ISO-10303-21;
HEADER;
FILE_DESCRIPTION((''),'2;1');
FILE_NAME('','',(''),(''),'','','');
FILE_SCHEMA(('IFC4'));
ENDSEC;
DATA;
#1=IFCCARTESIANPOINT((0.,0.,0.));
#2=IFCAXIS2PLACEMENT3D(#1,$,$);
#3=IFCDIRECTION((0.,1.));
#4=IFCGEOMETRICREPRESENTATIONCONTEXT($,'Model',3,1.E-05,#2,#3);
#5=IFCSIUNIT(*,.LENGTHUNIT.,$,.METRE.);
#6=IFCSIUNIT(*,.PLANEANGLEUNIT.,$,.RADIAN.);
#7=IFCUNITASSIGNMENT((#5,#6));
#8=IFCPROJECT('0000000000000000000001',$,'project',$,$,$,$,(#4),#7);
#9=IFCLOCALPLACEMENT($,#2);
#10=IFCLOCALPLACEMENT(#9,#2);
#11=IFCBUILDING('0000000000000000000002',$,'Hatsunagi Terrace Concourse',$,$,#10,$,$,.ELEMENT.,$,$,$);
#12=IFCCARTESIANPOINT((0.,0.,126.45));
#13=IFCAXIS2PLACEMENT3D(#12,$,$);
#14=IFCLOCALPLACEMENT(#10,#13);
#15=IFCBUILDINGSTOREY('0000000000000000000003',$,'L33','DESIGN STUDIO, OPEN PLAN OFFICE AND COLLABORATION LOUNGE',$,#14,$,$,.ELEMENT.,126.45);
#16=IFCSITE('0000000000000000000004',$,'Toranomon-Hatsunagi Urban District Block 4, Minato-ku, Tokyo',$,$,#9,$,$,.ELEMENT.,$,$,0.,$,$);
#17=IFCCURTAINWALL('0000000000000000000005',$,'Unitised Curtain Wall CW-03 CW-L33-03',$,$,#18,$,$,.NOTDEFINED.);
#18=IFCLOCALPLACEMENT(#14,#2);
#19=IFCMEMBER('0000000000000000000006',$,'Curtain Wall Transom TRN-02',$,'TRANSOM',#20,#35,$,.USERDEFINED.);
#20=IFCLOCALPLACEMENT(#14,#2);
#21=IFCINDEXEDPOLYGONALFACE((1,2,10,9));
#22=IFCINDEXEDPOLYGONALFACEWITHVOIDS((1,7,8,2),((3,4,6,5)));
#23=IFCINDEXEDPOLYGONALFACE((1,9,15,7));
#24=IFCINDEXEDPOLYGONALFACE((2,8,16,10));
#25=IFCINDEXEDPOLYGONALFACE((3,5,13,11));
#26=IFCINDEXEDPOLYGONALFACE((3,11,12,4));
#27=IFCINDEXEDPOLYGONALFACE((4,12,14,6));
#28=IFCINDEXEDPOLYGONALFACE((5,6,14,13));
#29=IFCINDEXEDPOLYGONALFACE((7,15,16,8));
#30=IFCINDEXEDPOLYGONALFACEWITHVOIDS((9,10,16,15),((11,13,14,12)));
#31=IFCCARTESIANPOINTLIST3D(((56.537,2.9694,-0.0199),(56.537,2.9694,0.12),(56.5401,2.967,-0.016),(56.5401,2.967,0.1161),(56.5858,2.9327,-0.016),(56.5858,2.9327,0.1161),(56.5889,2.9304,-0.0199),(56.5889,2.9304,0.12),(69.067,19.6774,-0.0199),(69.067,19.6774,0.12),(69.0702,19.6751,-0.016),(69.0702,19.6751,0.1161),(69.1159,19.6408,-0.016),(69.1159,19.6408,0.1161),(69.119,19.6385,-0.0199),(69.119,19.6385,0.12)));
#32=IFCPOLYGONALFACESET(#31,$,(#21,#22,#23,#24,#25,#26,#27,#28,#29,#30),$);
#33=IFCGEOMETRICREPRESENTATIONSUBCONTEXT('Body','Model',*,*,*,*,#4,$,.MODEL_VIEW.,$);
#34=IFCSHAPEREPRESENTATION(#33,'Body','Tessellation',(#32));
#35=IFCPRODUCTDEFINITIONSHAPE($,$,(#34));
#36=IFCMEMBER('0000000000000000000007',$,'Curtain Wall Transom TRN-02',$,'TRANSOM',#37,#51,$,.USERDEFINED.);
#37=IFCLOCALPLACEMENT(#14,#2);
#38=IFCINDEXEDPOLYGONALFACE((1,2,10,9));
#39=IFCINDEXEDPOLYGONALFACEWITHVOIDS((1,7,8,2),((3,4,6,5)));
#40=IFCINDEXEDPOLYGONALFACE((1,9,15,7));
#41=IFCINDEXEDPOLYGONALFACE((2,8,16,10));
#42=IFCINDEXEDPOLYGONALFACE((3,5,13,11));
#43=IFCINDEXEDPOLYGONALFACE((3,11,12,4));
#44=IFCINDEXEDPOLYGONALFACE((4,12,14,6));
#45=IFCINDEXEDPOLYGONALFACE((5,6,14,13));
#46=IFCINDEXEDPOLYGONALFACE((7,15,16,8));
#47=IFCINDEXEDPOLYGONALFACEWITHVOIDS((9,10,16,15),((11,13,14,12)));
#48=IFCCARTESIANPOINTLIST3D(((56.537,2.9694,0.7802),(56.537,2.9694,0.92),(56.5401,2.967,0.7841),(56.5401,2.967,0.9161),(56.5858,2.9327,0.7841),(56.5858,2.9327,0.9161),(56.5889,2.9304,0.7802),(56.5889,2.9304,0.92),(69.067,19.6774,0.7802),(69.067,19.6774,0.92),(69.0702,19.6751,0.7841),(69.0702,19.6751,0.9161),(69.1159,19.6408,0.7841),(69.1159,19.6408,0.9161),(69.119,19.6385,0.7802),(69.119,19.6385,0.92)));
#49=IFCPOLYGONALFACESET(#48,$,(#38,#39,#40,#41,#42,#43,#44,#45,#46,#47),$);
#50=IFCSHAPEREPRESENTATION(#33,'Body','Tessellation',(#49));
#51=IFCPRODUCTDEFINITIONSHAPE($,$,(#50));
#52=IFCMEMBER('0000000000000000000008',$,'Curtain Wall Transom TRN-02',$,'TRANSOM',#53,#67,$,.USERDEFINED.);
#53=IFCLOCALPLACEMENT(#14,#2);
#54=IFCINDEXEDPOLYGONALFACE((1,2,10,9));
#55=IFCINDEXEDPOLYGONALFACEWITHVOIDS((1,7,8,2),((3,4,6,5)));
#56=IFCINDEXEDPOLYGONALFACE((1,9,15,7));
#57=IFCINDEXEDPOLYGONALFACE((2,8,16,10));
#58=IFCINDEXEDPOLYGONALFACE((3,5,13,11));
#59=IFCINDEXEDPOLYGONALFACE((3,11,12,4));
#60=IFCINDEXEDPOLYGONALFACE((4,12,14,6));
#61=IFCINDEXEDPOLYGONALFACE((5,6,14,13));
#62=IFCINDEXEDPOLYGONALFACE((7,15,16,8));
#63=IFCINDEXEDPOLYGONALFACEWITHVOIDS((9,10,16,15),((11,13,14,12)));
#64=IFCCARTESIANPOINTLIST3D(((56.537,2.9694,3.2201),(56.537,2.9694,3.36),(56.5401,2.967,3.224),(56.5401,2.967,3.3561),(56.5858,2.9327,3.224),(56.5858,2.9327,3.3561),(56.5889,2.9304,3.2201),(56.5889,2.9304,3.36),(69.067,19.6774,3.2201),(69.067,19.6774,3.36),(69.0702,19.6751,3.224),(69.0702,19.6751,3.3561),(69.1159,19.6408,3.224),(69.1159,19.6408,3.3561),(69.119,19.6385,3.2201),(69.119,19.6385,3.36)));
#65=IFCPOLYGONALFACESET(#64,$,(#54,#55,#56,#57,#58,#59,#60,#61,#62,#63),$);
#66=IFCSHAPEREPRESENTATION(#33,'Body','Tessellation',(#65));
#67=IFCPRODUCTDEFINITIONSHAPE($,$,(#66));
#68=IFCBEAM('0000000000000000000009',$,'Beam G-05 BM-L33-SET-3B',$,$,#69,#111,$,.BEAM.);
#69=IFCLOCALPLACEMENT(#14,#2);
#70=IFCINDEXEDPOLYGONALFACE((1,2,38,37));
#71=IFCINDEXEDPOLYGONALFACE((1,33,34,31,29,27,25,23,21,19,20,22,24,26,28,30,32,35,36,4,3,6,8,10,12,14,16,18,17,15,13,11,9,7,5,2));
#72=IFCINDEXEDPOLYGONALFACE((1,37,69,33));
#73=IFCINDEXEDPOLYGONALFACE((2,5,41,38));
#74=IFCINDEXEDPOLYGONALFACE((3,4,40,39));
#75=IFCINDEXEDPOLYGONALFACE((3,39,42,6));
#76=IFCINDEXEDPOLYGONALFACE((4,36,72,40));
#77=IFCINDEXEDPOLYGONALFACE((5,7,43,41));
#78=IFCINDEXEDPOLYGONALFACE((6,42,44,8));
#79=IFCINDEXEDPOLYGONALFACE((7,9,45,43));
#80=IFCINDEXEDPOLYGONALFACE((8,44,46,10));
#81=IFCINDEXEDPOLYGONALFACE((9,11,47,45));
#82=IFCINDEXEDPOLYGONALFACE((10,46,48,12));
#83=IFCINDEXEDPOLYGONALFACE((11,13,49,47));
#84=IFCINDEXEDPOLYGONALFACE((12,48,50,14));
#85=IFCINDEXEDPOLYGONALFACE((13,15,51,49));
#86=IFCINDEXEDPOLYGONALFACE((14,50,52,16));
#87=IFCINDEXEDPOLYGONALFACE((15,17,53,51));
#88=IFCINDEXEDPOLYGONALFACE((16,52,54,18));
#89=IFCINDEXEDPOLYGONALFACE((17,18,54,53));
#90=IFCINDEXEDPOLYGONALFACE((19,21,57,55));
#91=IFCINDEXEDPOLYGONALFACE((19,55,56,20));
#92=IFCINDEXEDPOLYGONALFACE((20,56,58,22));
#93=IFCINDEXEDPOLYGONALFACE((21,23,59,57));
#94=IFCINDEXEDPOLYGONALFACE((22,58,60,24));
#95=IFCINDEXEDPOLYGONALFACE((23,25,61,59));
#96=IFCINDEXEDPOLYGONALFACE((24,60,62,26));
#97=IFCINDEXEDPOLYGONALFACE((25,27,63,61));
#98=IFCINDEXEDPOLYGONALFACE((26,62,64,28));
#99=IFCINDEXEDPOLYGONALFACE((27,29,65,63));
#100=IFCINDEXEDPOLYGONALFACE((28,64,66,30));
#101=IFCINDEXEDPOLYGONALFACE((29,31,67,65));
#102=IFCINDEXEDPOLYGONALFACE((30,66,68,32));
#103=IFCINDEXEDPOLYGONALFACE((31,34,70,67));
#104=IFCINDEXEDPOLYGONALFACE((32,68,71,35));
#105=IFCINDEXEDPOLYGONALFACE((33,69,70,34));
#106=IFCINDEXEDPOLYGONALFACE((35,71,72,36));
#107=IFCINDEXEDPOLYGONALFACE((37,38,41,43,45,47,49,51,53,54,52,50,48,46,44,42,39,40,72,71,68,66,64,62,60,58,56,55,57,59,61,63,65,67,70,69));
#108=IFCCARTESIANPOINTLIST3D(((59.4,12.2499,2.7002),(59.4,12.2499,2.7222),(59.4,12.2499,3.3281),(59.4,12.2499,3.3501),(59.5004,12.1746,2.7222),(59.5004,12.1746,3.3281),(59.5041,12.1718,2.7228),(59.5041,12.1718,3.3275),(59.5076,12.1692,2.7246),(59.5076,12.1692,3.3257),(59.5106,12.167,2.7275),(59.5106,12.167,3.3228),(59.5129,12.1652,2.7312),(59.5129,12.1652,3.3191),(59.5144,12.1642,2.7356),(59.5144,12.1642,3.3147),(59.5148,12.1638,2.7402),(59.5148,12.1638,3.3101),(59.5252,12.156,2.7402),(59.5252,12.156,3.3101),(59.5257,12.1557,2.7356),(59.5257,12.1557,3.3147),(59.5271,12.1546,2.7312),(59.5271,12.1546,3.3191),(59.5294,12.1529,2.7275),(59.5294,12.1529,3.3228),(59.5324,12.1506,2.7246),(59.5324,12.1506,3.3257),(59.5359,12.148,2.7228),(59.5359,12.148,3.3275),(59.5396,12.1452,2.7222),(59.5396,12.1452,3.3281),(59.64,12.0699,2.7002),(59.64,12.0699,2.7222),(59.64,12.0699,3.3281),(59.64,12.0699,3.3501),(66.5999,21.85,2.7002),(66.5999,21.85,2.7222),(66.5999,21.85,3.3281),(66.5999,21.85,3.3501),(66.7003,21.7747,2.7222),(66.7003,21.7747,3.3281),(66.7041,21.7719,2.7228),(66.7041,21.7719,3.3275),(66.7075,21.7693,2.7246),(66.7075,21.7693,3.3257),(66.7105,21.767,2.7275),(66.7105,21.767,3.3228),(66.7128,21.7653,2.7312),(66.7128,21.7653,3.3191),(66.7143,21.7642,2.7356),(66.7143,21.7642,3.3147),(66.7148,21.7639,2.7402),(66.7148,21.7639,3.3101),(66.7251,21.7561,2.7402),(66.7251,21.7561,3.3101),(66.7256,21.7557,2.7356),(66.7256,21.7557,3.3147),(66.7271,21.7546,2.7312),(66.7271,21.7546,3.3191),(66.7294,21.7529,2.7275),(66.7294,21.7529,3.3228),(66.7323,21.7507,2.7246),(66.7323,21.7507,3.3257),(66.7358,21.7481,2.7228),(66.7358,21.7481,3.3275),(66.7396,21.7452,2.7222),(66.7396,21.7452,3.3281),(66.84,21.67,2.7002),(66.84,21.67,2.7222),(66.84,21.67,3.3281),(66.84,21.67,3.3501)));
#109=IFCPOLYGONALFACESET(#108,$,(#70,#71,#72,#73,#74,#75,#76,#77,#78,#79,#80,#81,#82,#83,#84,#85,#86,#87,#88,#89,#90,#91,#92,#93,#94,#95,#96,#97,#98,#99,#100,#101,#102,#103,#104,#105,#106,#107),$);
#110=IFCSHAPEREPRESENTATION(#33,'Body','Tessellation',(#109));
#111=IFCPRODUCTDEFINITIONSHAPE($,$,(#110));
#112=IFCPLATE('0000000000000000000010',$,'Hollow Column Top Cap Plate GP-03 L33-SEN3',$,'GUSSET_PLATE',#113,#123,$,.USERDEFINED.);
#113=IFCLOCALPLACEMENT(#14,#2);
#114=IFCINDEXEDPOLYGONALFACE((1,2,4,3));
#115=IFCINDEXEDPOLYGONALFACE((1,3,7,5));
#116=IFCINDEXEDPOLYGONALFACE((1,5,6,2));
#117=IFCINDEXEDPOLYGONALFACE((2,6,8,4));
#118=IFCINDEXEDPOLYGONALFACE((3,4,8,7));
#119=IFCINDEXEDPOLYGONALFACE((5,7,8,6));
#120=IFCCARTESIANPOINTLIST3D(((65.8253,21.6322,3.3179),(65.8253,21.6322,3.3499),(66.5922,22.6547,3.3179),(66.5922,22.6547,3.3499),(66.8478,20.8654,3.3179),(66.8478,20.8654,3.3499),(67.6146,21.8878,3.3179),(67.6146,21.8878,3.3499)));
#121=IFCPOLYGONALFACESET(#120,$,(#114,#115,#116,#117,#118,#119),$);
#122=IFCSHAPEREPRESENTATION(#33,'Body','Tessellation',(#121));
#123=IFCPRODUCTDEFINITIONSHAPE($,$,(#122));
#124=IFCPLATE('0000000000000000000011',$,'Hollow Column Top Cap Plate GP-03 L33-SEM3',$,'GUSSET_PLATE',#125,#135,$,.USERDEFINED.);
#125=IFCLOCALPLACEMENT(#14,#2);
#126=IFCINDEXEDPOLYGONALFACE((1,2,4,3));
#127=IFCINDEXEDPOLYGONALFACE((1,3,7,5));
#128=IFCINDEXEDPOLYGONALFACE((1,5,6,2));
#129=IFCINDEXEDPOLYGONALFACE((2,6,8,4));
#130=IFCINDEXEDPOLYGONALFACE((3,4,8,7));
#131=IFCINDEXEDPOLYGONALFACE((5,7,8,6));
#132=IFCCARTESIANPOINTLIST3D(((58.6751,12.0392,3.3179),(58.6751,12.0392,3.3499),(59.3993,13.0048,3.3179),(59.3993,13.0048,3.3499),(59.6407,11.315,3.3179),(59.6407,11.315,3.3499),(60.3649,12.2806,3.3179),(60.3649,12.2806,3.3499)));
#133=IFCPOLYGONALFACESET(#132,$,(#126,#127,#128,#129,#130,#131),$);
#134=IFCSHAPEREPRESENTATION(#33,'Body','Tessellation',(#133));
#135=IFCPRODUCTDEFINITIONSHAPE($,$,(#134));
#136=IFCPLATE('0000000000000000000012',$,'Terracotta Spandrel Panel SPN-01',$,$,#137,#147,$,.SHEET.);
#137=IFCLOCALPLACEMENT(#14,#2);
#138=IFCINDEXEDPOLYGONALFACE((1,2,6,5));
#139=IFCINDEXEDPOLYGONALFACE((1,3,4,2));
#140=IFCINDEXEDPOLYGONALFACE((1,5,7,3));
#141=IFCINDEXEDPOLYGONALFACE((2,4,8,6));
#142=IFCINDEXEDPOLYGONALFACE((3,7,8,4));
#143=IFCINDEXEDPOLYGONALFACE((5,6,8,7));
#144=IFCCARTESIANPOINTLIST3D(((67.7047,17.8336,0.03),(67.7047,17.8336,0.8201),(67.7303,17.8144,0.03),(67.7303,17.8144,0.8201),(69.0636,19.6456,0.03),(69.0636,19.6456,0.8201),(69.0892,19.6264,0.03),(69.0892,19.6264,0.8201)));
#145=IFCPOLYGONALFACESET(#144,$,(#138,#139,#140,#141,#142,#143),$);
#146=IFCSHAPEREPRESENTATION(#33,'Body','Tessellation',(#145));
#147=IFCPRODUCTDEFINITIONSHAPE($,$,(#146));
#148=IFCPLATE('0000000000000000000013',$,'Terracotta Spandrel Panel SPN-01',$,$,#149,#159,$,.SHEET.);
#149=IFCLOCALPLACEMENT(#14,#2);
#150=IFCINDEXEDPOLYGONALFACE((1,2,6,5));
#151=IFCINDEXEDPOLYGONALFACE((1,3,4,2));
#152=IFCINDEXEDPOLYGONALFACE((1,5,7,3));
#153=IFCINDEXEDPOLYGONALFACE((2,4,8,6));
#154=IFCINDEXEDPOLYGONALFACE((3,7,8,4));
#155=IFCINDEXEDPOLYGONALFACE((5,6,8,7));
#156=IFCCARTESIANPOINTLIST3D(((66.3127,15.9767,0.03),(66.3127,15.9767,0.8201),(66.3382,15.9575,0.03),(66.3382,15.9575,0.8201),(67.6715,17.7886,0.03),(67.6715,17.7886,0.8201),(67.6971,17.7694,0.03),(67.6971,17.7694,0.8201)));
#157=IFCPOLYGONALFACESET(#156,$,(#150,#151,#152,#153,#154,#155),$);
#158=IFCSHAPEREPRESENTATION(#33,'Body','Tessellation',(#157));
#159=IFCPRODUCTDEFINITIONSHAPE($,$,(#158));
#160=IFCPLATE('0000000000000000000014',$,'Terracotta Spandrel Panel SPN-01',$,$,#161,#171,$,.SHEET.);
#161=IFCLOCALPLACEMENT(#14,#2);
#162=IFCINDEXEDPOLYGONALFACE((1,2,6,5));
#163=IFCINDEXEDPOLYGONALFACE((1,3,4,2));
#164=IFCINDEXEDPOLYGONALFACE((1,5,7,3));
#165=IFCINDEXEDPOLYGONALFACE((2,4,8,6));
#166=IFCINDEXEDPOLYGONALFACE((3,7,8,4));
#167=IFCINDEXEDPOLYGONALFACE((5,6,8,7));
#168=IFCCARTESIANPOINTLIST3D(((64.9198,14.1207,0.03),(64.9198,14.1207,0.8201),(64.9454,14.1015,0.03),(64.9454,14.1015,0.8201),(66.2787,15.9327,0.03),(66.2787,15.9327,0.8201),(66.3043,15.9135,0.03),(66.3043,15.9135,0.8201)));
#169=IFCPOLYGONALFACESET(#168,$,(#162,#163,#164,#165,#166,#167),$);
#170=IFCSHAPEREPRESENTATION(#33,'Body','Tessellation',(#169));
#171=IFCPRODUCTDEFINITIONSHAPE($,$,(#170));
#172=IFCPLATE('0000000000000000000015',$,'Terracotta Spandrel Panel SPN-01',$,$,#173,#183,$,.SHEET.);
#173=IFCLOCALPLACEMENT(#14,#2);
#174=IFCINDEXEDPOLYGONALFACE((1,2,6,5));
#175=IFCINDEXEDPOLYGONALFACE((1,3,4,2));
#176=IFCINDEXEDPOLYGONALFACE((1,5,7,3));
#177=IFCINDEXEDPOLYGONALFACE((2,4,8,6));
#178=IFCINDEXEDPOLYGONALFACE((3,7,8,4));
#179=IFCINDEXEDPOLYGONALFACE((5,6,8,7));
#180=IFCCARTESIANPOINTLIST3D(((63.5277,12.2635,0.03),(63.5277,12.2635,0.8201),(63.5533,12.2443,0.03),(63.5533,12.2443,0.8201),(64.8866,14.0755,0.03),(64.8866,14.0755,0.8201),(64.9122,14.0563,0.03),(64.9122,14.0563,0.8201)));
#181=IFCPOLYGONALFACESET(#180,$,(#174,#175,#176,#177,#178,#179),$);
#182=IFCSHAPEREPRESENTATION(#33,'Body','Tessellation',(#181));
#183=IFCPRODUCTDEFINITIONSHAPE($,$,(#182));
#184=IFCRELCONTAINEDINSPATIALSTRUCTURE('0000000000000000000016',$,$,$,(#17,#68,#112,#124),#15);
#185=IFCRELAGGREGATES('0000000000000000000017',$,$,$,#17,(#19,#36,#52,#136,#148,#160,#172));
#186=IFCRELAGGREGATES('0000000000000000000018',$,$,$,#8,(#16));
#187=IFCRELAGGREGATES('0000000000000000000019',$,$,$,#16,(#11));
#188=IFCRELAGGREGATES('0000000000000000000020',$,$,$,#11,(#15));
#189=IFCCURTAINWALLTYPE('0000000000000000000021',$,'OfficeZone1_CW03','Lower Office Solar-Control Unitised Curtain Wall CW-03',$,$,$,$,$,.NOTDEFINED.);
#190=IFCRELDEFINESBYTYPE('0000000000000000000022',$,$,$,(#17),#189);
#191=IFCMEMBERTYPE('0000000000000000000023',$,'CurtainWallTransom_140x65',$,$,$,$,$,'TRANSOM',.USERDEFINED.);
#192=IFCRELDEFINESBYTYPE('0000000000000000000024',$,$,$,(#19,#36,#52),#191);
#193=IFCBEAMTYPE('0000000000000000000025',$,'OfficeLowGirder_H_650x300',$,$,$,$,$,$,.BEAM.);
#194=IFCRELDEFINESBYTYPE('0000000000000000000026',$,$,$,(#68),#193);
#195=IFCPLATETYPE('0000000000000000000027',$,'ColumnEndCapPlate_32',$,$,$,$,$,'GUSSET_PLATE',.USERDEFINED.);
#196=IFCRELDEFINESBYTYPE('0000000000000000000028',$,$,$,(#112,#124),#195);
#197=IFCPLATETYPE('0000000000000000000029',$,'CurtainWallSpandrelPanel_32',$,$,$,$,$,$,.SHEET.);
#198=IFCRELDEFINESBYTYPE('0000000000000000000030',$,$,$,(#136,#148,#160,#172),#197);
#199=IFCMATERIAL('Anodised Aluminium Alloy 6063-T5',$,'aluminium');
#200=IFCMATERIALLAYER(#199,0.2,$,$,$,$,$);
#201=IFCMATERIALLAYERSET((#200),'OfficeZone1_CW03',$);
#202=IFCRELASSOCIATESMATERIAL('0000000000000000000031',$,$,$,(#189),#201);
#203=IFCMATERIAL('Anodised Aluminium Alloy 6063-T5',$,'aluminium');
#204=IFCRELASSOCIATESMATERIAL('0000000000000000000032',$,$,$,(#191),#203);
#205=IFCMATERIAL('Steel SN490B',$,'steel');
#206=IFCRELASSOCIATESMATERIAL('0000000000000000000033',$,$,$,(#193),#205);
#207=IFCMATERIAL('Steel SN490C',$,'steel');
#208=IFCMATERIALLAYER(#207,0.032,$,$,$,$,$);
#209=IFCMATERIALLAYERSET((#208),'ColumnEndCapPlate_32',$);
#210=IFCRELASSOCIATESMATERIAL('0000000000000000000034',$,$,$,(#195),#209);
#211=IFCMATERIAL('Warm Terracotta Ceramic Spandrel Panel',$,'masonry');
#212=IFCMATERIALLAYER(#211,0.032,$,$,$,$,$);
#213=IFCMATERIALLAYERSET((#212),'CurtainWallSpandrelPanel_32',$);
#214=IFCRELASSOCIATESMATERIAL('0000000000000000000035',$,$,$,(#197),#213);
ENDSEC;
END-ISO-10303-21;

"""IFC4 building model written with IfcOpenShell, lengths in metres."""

from ifc_helpers import new_model, si_unit, direction, frame, origin, origin_2d, place, context, subcontext, project, spatial, rectangle, hollow_rectangle, i_section, extrude, material, layer, layer_set, material_profile, profile_set, type_object, element, aggregate, save


model = new_model("IFC4")

# Units and contexts
model_context = context("Model", 3, precision=1e-05, world=origin(), true_north=direction((0.0, 1.0)))
body_context = subcontext(model_context, "Body", "Model", "MODEL_VIEW")
ifc_project = project(units=[si_unit("LENGTHUNIT", "METRE"), si_unit("PLANEANGLEUNIT", "RADIAN")], contexts=[model_context])

# Site, building, storey
site_placement = place(None, origin())
site = spatial("IfcSite", under=ifc_project, at=site_placement, Name="Toranomon-Hatsunagi Urban District Block 4, Minato-ku, Tokyo", CompositionType="ELEMENT", RefElevation=0.0)
building_placement = place(site_placement, origin())
building = spatial("IfcBuilding", under=site, at=building_placement, Name="Hatsunagi Terrace Concourse", CompositionType="ELEMENT")
storey_placement = place(building_placement, frame((0.0, 0.0, 126.45)))
storey = spatial("IfcBuildingStorey", under=building, at=storey_placement, Name="L33", Description="DESIGN STUDIO, OPEN PLAN OFFICE AND COLLABORATION LOUNGE", CompositionType="ELEMENT", Elevation=126.45)

# Curtain wall, members
ifc_material_1 = material(Name="Anodised Aluminium Alloy 6063-T5", Category="aluminium")
ifc_layer_1 = layer(ifc_material_1, 0.2)
ifc_layer_set_1 = layer_set([ifc_layer_1], Name="OfficeZone1_CW03")
curtain_wall_type = type_object("IfcCurtainWallType", Name="OfficeZone1_CW03", Description="Lower Office Solar-Control Unitised Curtain Wall CW-03", PredefinedType="NOTDEFINED", material=ifc_layer_set_1)
curtain_wall_placement = place(storey_placement, origin())
curtain_wall = element("IfcCurtainWall", 1, at=curtain_wall_placement, inside=storey, type_object=curtain_wall_type, Name="Unitised Curtain Wall CW-03 CW-L33-03", PredefinedType="NOTDEFINED")
ifc_material_2 = material(Name="Anodised Aluminium Alloy 6063-T5", Category="aluminium")
ifc_material_profile_1 = material_profile(ifc_material_2, hollow_rectangle(XDim=0.0649, YDim=0.1399, WallThickness=0.0039, at=origin_2d()), Name="ALU-TRN-140x65x4")
ifc_profile_set_1 = profile_set([ifc_material_profile_1], Name="Anodised Aluminium Alloy 6063-T5")
member_type_1 = type_object("IfcMemberType", Name="CurtainWallTransom_140x65", ElementType="TRANSOM", PredefinedType="USERDEFINED", material=ifc_profile_set_1)
member_1_placement = place(storey_placement, frame((69.093, 19.658, 0.05), z_axis=(-0.59997, -0.800022, 0.0), x_axis=(0.800022, -0.59997, 0.0)))
member_1 = element("IfcMember", 2, at=member_1_placement, type_object=member_type_1, Name="Curtain Wall Transom TRN-02", ObjectType="TRANSOM", PredefinedType="USERDEFINED", context=body_context, shape_type="SweptSolid", body=[
    extrude(hollow_rectangle(XDim=0.0649, YDim=0.1399, WallThickness=0.0039, at=origin_2d()), origin(), (0.0, 0.0, 1.0), 20.8845),
])
member_2_placement = place(storey_placement, frame((69.093, 19.658, 0.8501), z_axis=(-0.59997, -0.800022, 0.0), x_axis=(0.800022, -0.59997, 0.0)))
member_2 = element("IfcMember", 3, at=member_2_placement, type_object=member_type_1, Name="Curtain Wall Transom TRN-02", ObjectType="TRANSOM", PredefinedType="USERDEFINED", context=body_context, shape_type="SweptSolid", body=[
    extrude(hollow_rectangle(XDim=0.0649, YDim=0.1399, WallThickness=0.0039, at=origin_2d()), origin(), (0.0, 0.0, 1.0), 20.8845),
])
member_3_placement = place(storey_placement, frame((69.093, 19.658, 3.29), z_axis=(-0.59997, -0.800022, 0.0), x_axis=(0.800022, -0.59997, 0.0)))
member_3 = element("IfcMember", 4, at=member_3_placement, type_object=member_type_1, Name="Curtain Wall Transom TRN-02", ObjectType="TRANSOM", PredefinedType="USERDEFINED", context=body_context, shape_type="SweptSolid", body=[
    extrude(hollow_rectangle(XDim=0.0649, YDim=0.1399, WallThickness=0.0039, at=origin_2d()), origin(), (0.0, 0.0, 1.0), 20.8845),
])

# Beam
ifc_material_3 = material(Name="Steel SN490B", Category="steel")
ifc_material_profile_2 = material_profile(ifc_material_3, i_section(OverallWidth=0.3, OverallDepth=0.6499, WebThickness=0.0129, FlangeThickness=0.022, FilletRadius=0.0181, at=origin_2d()), Name="H-650x300x13x22")
ifc_profile_set_2 = profile_set([ifc_material_profile_2], Name="Steel SN490B")
beam_type = type_object("IfcBeamType", Name="OfficeLowGirder_H_650x300", PredefinedType="BEAM", material=ifc_profile_set_2)
beam_placement = place(storey_placement, frame((59.52, 12.1599, 3.0251), z_axis=(0.599993, 0.800005, 0.0), x_axis=(-0.800005, 0.599993, 0.0)))
element("IfcBeam", 5, at=beam_placement, inside=storey, type_object=beam_type, Name="Beam G-05 BM-L33-SET-3B", PredefinedType="BEAM", context=body_context, shape_type="SweptSolid", body=[
    extrude(i_section(OverallWidth=0.3, OverallDepth=0.6499, WebThickness=0.0129, FlangeThickness=0.022, FilletRadius=0.0181, at=origin_2d()), origin(), (0.0, 0.0, 1.0), 12.0),
])

# Plates
ifc_material_4 = material(Name="Steel SN490C", Category="steel")
ifc_layer_2 = layer(ifc_material_4, 0.032)
ifc_layer_set_2 = layer_set([ifc_layer_2], Name="ColumnEndCapPlate_32")
plate_type_1 = type_object("IfcPlateType", Name="ColumnEndCapPlate_32", ElementType="GUSSET_PLATE", PredefinedType="USERDEFINED", material=ifc_layer_set_2)
plate_1_placement = place(storey_placement, frame((66.72, 21.76, 3.3179), z_axis=(0.0, 0.0, 1.0), x_axis=(0.8, -0.6, 0.0)))
element("IfcPlate", 6, at=plate_1_placement, inside=storey, type_object=plate_type_1, Name="Hollow Column Top Cap Plate GP-03 L33-SEN3", ObjectType="GUSSET_PLATE", PredefinedType="USERDEFINED", context=body_context, shape_type="SweptSolid", body=[
    extrude(rectangle(XDim=1.2781, YDim=1.2781, at=origin_2d()), origin(), (0.0, 0.0, 1.0), 0.032),
])
plate_2_placement = place(storey_placement, frame((59.52, 12.1599, 3.3179), z_axis=(0.0, 0.0, 1.0), x_axis=(0.8, -0.6, 0.0)))
element("IfcPlate", 7, at=plate_2_placement, inside=storey, type_object=plate_type_1, Name="Hollow Column Top Cap Plate GP-03 L33-SEM3", ObjectType="GUSSET_PLATE", PredefinedType="USERDEFINED", context=body_context, shape_type="SweptSolid", body=[
    extrude(rectangle(XDim=1.207, YDim=1.207, at=origin_2d()), origin(), (0.0, 0.0, 1.0), 0.032),
])

# Plates
ifc_material_5 = material(Name="Warm Terracotta Ceramic Spandrel Panel", Category="masonry")
ifc_layer_3 = layer(ifc_material_5, 0.032)
ifc_layer_set_3 = layer_set([ifc_layer_3], Name="CurtainWallSpandrelPanel_32")
plate_type_2 = type_object("IfcPlateType", Name="CurtainWallSpandrelPanel_32", PredefinedType="SHEET", material=ifc_layer_set_3)
plate_3_placement = place(storey_placement, frame((68.397, 18.73, 0.03), z_axis=(0.0, 0.0, 1.0), x_axis=(-0.599969, -0.800023, 0.0)))
plate_3 = element("IfcPlate", 8, at=plate_3_placement, type_object=plate_type_2, Name="Terracotta Spandrel Panel SPN-01", PredefinedType="SHEET", context=body_context, shape_type="SweptSolid", body=[
    extrude(rectangle(XDim=2.2649, YDim=0.032, at=origin_2d()), origin(), (0.0, 0.0, 1.0), 0.79),
])
plate_4_placement = place(storey_placement, frame((67.0049, 16.873, 0.03), z_axis=(0.0, 0.0, 1.0), x_axis=(-0.599969, -0.800023, 0.0)))
plate_4 = element("IfcPlate", 9, at=plate_4_placement, type_object=plate_type_2, Name="Terracotta Spandrel Panel SPN-01", PredefinedType="SHEET", context=body_context, shape_type="SweptSolid", body=[
    extrude(rectangle(XDim=2.2649, YDim=0.032, at=origin_2d()), origin(), (0.0, 0.0, 1.0), 0.79),
])
plate_5_placement = place(storey_placement, frame((65.6121, 15.0171, 0.03), z_axis=(0.0, 0.0, 1.0), x_axis=(-0.599969, -0.800023, 0.0)))
plate_5 = element("IfcPlate", 10, at=plate_5_placement, type_object=plate_type_2, Name="Terracotta Spandrel Panel SPN-01", PredefinedType="SHEET", context=body_context, shape_type="SweptSolid", body=[
    extrude(rectangle(XDim=2.2649, YDim=0.032, at=origin_2d()), origin(), (0.0, 0.0, 1.0), 0.79),
])
plate_6_placement = place(storey_placement, frame((64.22, 13.1599, 0.03), z_axis=(0.0, 0.0, 1.0), x_axis=(-0.599969, -0.800023, 0.0)))
plate_6 = element("IfcPlate", 11, at=plate_6_placement, type_object=plate_type_2, Name="Terracotta Spandrel Panel SPN-01", PredefinedType="SHEET", context=body_context, shape_type="SweptSolid", body=[
    extrude(rectangle(XDim=2.2649, YDim=0.032, at=origin_2d()), origin(), (0.0, 0.0, 1.0), 0.79),
])
aggregate(curtain_wall, [member_1, member_2, member_3, plate_3, plate_4, plate_5, plate_6])

save(model, "model.ifc")
